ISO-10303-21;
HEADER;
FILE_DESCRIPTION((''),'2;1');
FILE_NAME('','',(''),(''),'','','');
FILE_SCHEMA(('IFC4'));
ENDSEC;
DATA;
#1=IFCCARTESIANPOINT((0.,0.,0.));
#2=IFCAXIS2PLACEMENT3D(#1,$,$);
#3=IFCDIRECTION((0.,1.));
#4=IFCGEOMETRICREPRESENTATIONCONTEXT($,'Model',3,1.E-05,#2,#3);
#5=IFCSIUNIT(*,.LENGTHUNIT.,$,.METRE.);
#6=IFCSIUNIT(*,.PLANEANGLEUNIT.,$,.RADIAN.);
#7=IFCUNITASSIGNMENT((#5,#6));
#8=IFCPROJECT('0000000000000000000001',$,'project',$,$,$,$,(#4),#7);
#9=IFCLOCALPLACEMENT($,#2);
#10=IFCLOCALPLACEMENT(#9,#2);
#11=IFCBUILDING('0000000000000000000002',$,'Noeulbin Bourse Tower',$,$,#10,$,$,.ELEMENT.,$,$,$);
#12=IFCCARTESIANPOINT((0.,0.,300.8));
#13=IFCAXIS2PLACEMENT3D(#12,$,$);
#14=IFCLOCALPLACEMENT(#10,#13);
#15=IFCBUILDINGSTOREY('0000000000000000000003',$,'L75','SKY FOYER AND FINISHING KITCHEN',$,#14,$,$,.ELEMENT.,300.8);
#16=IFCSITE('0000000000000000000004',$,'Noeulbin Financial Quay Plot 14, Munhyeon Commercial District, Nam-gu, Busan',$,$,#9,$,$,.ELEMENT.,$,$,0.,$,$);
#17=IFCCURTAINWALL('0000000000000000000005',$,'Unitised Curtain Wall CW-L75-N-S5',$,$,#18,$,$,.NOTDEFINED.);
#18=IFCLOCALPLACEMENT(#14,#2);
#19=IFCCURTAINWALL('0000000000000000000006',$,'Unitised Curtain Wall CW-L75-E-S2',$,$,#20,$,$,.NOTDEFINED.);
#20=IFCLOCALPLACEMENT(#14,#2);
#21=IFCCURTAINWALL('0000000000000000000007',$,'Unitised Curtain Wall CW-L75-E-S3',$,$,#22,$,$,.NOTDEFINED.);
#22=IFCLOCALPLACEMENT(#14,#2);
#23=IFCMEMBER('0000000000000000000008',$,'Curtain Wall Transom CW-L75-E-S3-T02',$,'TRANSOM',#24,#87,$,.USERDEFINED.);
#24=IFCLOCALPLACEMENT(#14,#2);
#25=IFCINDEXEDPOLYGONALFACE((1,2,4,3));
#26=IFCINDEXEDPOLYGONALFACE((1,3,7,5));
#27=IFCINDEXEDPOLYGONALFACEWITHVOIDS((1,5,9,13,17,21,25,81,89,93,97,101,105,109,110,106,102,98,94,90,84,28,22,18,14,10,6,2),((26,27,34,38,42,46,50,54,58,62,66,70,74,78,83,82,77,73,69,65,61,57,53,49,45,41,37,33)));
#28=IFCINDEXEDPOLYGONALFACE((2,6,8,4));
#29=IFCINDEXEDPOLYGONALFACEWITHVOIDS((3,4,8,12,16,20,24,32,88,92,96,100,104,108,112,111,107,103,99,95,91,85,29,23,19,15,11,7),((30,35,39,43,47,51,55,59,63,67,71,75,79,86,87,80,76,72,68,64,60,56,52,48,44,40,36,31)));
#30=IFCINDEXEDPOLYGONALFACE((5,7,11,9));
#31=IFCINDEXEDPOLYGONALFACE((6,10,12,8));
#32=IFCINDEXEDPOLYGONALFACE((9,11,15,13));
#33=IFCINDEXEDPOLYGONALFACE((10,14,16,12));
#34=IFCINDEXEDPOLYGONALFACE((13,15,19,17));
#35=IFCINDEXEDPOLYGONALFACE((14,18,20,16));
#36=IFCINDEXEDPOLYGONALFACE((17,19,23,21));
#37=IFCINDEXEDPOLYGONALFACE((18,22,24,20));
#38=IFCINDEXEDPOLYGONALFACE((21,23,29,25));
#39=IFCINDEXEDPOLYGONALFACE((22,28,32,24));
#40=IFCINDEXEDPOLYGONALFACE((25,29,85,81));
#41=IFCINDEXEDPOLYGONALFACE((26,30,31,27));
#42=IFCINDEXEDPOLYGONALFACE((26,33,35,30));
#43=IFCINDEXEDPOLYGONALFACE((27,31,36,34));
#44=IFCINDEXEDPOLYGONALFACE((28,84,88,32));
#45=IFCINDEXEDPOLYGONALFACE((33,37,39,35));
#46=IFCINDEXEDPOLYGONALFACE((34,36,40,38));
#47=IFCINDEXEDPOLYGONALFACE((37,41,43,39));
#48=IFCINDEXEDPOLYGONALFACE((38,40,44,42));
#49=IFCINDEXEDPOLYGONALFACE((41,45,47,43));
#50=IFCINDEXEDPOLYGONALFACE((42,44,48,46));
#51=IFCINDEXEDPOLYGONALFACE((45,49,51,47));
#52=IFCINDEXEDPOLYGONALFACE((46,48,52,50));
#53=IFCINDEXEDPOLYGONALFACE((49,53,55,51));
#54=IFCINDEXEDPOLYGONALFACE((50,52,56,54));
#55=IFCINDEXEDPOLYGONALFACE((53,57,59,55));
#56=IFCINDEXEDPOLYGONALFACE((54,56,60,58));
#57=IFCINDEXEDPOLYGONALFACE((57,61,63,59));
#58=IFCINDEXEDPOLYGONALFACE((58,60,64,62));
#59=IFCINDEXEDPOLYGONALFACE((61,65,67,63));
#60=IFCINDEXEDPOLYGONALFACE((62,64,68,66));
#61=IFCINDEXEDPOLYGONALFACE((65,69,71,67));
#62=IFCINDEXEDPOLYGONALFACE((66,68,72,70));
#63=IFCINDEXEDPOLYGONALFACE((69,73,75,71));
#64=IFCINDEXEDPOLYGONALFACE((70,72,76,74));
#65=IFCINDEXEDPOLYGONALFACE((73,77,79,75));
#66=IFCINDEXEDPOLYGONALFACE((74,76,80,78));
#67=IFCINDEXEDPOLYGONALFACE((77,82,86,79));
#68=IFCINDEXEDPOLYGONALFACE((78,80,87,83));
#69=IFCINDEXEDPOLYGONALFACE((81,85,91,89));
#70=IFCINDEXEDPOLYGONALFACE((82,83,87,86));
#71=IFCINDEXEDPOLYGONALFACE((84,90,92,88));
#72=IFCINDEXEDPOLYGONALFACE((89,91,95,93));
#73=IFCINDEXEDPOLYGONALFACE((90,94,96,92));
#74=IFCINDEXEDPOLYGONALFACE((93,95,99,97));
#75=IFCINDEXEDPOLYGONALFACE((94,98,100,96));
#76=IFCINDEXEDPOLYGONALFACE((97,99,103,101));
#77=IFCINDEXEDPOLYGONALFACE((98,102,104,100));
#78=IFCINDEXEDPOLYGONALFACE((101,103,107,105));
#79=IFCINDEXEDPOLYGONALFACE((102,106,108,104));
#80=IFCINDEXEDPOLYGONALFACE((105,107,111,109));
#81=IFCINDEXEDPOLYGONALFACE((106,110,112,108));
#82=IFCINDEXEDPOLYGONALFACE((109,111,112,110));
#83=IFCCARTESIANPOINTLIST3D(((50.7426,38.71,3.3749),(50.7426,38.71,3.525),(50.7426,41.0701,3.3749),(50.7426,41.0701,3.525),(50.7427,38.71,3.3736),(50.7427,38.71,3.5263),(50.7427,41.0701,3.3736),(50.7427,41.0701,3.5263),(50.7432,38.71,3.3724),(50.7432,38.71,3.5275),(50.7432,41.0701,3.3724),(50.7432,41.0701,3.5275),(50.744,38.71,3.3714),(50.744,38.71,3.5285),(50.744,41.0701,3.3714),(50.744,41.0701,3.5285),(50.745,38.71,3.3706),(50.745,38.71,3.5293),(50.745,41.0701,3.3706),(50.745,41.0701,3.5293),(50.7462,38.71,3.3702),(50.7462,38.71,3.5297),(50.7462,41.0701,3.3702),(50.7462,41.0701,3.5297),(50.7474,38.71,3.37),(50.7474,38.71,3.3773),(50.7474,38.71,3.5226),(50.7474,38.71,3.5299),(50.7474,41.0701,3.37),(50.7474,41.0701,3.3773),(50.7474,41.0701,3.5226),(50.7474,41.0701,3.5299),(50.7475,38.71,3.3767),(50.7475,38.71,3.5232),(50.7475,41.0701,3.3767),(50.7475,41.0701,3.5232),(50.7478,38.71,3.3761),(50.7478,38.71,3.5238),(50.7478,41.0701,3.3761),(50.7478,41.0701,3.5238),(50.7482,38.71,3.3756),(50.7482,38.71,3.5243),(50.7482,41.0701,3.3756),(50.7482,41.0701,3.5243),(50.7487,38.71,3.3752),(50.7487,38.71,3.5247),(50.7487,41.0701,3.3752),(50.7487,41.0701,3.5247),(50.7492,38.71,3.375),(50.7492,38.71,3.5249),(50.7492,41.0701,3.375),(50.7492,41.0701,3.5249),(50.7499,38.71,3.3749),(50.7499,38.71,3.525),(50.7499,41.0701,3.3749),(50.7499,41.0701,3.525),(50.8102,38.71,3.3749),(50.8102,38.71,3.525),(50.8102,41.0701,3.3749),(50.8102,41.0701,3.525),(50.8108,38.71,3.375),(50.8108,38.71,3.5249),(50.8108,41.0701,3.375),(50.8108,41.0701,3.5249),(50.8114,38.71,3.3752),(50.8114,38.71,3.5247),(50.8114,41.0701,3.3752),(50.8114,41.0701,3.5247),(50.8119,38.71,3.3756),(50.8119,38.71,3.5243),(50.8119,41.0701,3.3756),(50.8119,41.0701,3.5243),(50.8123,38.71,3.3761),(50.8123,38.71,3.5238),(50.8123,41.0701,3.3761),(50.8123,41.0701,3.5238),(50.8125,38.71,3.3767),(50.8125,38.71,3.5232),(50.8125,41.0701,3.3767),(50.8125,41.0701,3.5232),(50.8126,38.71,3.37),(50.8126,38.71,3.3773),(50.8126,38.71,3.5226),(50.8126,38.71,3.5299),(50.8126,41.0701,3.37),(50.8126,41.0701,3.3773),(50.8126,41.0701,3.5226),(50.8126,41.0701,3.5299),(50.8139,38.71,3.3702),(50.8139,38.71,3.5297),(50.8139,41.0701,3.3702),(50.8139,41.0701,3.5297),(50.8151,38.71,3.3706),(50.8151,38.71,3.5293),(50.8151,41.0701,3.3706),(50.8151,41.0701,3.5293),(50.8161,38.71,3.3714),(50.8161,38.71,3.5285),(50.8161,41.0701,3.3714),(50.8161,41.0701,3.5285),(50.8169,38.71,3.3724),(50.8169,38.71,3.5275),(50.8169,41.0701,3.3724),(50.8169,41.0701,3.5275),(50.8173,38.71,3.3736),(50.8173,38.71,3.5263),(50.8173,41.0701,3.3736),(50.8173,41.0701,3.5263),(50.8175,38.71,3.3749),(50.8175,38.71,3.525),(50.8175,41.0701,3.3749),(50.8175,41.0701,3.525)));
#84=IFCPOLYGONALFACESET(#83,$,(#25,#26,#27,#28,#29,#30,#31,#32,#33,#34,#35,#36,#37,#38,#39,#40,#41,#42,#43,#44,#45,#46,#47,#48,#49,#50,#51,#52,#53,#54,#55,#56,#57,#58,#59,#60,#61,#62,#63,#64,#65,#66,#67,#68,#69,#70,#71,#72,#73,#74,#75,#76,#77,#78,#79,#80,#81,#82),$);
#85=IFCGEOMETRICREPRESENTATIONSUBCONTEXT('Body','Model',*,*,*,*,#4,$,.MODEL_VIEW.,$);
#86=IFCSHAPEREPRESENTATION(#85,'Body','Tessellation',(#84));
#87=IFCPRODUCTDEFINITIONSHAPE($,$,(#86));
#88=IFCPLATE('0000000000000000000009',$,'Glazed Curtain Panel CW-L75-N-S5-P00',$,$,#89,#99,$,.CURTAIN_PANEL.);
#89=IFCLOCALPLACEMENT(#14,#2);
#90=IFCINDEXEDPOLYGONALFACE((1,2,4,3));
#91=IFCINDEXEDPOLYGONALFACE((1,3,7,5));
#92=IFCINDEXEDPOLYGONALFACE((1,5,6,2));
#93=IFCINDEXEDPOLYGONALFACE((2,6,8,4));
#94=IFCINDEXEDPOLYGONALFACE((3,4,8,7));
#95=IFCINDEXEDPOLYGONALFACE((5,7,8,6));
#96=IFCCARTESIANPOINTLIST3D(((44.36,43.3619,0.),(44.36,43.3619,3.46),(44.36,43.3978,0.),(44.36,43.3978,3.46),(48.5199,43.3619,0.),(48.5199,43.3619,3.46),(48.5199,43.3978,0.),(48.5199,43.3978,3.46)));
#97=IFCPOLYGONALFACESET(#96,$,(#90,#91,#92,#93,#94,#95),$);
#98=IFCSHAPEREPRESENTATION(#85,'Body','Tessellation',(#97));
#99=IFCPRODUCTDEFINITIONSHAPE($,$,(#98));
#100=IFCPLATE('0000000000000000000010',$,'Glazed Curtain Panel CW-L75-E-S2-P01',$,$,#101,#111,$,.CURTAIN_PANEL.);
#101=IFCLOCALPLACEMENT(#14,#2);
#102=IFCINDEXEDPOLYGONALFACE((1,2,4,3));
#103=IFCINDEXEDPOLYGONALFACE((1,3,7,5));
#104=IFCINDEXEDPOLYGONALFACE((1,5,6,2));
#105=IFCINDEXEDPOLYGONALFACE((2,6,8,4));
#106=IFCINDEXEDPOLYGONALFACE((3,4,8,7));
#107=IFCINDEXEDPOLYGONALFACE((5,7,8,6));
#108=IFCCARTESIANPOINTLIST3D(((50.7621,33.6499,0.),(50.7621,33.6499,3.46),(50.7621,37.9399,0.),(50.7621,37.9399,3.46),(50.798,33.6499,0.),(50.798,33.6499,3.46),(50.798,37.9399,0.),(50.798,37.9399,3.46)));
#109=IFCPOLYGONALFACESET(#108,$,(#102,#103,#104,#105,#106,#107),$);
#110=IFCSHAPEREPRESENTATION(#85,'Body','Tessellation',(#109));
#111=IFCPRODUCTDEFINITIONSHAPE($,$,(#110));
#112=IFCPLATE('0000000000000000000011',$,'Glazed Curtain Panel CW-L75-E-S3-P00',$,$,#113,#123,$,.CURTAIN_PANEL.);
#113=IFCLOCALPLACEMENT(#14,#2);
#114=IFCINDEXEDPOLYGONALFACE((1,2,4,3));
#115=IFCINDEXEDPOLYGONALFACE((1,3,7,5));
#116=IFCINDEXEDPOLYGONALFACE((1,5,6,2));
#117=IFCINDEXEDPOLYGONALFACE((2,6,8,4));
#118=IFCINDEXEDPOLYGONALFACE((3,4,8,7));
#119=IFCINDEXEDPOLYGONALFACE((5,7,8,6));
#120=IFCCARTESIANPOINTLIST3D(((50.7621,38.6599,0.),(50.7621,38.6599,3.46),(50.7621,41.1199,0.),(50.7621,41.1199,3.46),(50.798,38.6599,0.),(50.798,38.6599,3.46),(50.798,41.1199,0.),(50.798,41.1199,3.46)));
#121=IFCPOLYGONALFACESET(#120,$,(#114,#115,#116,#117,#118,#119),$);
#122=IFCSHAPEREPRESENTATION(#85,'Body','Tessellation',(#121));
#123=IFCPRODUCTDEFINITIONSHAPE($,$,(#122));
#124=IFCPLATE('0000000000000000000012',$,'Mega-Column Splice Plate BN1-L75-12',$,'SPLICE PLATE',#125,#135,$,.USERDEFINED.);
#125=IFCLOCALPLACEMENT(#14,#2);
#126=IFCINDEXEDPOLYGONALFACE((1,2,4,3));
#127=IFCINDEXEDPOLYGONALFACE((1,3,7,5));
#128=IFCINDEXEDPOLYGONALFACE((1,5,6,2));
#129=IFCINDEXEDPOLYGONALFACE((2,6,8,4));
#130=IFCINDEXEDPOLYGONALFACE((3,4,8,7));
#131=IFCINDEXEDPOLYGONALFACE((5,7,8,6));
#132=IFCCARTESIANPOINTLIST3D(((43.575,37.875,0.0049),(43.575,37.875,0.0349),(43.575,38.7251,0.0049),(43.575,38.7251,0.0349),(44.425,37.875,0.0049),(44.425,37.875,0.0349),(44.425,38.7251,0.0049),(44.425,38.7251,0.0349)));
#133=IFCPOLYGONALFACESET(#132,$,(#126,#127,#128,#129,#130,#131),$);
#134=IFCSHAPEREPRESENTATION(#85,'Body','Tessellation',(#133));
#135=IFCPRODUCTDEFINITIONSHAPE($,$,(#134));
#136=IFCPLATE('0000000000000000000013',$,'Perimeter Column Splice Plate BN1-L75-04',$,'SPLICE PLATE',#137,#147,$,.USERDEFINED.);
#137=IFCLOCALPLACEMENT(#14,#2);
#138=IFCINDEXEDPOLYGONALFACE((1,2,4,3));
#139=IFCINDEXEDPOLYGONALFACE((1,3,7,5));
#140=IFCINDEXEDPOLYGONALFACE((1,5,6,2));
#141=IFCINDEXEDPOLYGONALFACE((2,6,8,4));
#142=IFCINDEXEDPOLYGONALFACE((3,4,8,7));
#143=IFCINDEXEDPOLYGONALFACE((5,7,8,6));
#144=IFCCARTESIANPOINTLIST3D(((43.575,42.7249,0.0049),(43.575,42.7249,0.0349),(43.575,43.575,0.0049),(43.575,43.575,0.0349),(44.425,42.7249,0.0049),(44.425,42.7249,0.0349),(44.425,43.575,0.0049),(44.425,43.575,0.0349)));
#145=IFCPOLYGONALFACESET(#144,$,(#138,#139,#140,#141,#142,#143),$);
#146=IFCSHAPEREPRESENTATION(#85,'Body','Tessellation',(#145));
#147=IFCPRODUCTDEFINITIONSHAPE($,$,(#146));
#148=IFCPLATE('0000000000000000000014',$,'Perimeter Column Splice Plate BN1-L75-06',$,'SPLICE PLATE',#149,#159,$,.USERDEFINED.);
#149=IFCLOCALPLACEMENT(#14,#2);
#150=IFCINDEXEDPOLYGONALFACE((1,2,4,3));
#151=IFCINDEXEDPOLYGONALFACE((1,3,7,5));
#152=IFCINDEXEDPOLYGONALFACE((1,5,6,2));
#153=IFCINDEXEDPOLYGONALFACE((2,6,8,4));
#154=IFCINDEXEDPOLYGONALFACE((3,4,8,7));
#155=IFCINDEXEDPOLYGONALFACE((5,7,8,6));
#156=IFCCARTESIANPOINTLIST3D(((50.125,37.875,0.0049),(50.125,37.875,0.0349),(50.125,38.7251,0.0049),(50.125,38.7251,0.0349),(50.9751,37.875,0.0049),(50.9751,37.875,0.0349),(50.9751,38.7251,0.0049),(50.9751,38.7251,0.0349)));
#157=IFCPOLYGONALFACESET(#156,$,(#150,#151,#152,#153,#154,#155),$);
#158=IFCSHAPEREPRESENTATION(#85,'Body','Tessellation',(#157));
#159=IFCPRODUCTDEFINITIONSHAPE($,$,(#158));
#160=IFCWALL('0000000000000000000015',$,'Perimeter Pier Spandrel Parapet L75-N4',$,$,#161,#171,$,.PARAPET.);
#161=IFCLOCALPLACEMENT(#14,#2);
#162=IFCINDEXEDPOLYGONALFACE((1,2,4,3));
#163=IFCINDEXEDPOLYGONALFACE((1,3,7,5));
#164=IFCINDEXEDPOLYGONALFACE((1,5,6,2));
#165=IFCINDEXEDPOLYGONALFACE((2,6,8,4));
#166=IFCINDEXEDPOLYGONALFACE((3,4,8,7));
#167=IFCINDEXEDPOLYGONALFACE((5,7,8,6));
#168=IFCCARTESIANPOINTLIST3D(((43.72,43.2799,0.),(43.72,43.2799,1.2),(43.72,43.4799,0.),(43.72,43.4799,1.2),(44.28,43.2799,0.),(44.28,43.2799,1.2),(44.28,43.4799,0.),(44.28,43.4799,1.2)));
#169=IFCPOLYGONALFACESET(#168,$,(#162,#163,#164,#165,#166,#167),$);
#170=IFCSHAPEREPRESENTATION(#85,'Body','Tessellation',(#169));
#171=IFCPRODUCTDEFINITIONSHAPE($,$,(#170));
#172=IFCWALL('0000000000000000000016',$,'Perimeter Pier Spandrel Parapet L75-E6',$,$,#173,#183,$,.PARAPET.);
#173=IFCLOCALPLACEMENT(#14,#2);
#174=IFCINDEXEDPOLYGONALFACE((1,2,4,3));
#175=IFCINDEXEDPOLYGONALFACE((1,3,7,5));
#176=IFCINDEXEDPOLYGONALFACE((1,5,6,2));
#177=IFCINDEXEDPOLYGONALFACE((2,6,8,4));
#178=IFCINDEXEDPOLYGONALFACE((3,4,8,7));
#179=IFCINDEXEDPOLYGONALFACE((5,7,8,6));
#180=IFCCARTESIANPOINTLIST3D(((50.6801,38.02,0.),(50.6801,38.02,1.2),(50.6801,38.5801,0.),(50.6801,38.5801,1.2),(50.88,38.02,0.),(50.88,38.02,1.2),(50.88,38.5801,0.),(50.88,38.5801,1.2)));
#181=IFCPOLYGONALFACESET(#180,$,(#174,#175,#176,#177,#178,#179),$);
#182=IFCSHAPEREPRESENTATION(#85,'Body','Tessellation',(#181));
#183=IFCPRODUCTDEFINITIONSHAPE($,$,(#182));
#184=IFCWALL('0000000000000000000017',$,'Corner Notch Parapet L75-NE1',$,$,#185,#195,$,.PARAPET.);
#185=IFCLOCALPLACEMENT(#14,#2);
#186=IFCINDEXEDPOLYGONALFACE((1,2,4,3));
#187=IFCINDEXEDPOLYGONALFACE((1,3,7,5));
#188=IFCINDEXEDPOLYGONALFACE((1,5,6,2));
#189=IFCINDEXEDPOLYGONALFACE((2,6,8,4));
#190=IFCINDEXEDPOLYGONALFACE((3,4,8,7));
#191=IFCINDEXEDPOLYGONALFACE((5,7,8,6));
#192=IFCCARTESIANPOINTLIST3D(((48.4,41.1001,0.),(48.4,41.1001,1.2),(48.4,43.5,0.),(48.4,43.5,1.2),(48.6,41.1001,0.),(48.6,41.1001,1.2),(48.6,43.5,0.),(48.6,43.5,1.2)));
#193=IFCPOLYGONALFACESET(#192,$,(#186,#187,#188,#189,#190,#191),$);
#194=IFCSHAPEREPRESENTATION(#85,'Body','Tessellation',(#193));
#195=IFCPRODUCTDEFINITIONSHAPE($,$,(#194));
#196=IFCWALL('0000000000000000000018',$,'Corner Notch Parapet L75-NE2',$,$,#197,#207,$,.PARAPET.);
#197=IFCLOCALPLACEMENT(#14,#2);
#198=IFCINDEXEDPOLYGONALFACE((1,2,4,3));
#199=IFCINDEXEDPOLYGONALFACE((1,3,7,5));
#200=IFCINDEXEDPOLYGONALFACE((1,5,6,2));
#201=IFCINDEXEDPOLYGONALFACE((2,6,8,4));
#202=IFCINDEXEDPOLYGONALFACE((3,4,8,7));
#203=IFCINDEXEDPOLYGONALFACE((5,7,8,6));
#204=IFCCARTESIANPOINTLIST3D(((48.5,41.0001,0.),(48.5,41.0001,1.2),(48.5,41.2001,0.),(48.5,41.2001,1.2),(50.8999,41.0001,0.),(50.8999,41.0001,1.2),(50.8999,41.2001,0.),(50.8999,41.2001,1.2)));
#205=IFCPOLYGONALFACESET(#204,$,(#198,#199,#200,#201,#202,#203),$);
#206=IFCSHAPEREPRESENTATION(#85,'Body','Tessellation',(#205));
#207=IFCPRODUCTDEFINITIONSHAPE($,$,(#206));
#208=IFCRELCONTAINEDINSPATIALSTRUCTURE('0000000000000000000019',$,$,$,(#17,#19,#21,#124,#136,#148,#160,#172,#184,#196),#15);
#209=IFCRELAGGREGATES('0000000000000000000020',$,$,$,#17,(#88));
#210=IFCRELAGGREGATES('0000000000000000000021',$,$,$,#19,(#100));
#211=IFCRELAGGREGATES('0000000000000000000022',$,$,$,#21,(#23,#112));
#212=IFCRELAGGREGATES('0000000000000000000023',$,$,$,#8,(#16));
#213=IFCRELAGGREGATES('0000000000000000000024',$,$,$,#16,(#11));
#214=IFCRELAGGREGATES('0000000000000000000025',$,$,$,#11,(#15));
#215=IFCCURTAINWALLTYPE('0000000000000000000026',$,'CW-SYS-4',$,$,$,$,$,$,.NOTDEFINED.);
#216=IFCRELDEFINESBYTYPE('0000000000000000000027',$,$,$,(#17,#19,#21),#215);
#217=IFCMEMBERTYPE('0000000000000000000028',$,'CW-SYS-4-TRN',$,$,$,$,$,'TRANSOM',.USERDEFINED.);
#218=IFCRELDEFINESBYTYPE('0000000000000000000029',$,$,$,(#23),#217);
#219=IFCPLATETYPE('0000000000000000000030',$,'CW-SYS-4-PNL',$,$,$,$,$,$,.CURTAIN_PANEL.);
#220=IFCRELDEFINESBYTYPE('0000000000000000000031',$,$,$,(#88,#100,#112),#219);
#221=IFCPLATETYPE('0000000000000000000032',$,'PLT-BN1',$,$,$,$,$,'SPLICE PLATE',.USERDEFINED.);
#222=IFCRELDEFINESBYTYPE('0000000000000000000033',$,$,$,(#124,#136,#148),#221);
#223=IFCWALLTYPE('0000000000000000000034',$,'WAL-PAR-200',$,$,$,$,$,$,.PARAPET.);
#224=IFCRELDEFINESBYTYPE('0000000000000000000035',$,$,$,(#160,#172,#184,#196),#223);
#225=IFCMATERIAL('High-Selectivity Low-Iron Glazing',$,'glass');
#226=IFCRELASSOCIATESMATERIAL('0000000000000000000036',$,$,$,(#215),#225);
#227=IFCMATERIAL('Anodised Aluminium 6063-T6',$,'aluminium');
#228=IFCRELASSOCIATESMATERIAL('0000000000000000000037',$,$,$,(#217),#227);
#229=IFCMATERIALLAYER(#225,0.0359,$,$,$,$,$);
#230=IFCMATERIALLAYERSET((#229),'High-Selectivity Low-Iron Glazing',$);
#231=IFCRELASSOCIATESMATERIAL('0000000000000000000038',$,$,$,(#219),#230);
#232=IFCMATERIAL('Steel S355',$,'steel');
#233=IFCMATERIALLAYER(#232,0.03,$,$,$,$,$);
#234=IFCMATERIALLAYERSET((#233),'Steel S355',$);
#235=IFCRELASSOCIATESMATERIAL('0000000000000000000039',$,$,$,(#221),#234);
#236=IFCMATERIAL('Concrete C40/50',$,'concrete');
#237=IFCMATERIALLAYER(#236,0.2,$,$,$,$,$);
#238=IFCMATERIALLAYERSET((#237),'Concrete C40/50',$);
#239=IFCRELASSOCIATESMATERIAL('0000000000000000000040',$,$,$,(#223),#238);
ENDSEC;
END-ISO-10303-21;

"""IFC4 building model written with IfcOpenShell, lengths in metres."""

from ifc_helpers import new_model, si_unit, direction, frame, frame_2d, origin, origin_2d, place, context, subcontext, project, spatial, rectangle, hollow_rectangle, extrude, material, layer, layer_set, material_profile, profile_set, type_object, element, aggregate, save


model = new_model("IFC4")

# Units and contexts
model_context = context("Model", 3, precision=1e-05, world=origin(), true_north=direction((0.0, 1.0)))
body_context = subcontext(model_context, "Body", "Model", "MODEL_VIEW")
ifc_project = project(units=[si_unit("LENGTHUNIT", "METRE"), si_unit("PLANEANGLEUNIT", "RADIAN")], contexts=[model_context])

# Site, building, storey
site_placement = place(None, origin())
site = spatial("IfcSite", under=ifc_project, at=site_placement, Name="Noeulbin Financial Quay Plot 14, Munhyeon Commercial District, Nam-gu, Busan", CompositionType="ELEMENT", RefElevation=0.0)
building_placement = place(site_placement, origin())
building = spatial("IfcBuilding", under=site, at=building_placement, Name="Noeulbin Bourse Tower", CompositionType="ELEMENT")
storey_placement = place(building_placement, frame((0.0, 0.0, 300.8)))
storey = spatial("IfcBuildingStorey", under=building, at=storey_placement, Name="L75", Description="SKY FOYER AND FINISHING KITCHEN", CompositionType="ELEMENT", Elevation=300.8)

# Shared definitions
ifc_material_1 = material(Name="Steel S355", Category="steel")

# Shared definitions
ifc_material_2 = material(Name="High-Selectivity Low-Iron Glazing", Category="glass")
curtain_wall_type = type_object("IfcCurtainWallType", Name="CW-SYS-4", PredefinedType="NOTDEFINED", material=ifc_material_2)
ifc_material_3 = material(Name="Anodised Aluminium 6063-T6", Category="aluminium")

# Curtain walls
curtain_wall_1_placement = place(storey_placement, origin())
curtain_wall_1 = element("IfcCurtainWall", 1, at=curtain_wall_1_placement, inside=storey, type_object=curtain_wall_type, Name="Unitised Curtain Wall CW-L75-N-S5", PredefinedType="NOTDEFINED")
curtain_wall_2_placement = place(storey_placement, origin())
curtain_wall_2 = element("IfcCurtainWall", 2, at=curtain_wall_2_placement, inside=storey, type_object=curtain_wall_type, Name="Unitised Curtain Wall CW-L75-E-S2", PredefinedType="NOTDEFINED")
curtain_wall_3_placement = place(storey_placement, origin())
curtain_wall_3 = element("IfcCurtainWall", 3, at=curtain_wall_3_placement, inside=storey, type_object=curtain_wall_type, Name="Unitised Curtain Wall CW-L75-E-S3", PredefinedType="NOTDEFINED")

# Member
ifc_material_profile_1 = material_profile(ifc_material_3, hollow_rectangle(XDim=0.075, YDim=0.1599, WallThickness=0.0049, InnerFilletRadius=0.0024, OuterFilletRadius=0.0049, at=origin_2d()), Name="ALU-TRAN-75x160x5", Category="LoadBearing")
ifc_profile_set_1 = profile_set([ifc_material_profile_1], Name="Anodised Aluminium 6063-T6")
member_type_1 = type_object("IfcMemberType", Name="CW-SYS-4-TRN", ElementType="TRANSOM", PredefinedType="USERDEFINED", material=ifc_profile_set_1)
member_1_placement = place(storey_placement, frame((50.78, 38.71, 3.45), z_axis=(0.0, 1.0, 0.0), x_axis=(-1.0, 0.0, 0.0)))
member_1 = element("IfcMember", 4, at=member_1_placement, type_object=member_type_1, Name="Curtain Wall Transom CW-L75-E-S3-T02", ObjectType="TRANSOM", PredefinedType="USERDEFINED", context=body_context, shape_type="SweptSolid", body=[
    extrude(hollow_rectangle(XDim=0.075, YDim=0.1599, WallThickness=0.0049, InnerFilletRadius=0.0024, OuterFilletRadius=0.0049, at=origin_2d()), origin(), (0.0, 0.0, 1.0), 2.3601),
])

# Plates
ifc_layer_1 = layer(ifc_material_2, 0.0359)
ifc_layer_set_1 = layer_set([ifc_layer_1], Name="High-Selectivity Low-Iron Glazing")
plate_type_1 = type_object("IfcPlateType", Name="CW-SYS-4-PNL", PredefinedType="CURTAIN_PANEL", material=ifc_layer_set_1)
plate_1_placement = place(storey_placement, frame((46.4399, 43.3799, 0.0), z_axis=(0.0, 0.0, 1.0), x_axis=(1.0, 0.0, 0.0)))
plate_1 = element("IfcPlate", 5, at=plate_1_placement, type_object=plate_type_1, Name="Glazed Curtain Panel CW-L75-N-S5-P00", PredefinedType="CURTAIN_PANEL", context=body_context, shape_type="SweptSolid", body=[
    extrude(rectangle(XDim=4.1599, YDim=0.0359, at=origin_2d()), origin(), (0.0, 0.0, 1.0), 3.46),
])
aggregate(curtain_wall_1, [plate_1])
plate_2_placement = place(storey_placement, frame((50.78, 35.7949, 0.0), z_axis=(0.0, 0.0, 1.0), x_axis=(0.0, 1.0, 0.0)))
plate_2 = element("IfcPlate", 6, at=plate_2_placement, type_object=plate_type_1, Name="Glazed Curtain Panel CW-L75-E-S2-P01", PredefinedType="CURTAIN_PANEL", context=body_context, shape_type="SweptSolid", body=[
    extrude(rectangle(XDim=4.29, YDim=0.0359, at=origin_2d()), origin(), (0.0, 0.0, 1.0), 3.46),
])
aggregate(curtain_wall_2, [plate_2])
plate_3_placement = place(storey_placement, frame((50.78, 39.8899, 0.0), z_axis=(0.0, 0.0, 1.0), x_axis=(0.0, 1.0, 0.0)))
plate_3 = element("IfcPlate", 7, at=plate_3_placement, type_object=plate_type_1, Name="Glazed Curtain Panel CW-L75-E-S3-P00", PredefinedType="CURTAIN_PANEL", context=body_context, shape_type="SweptSolid", body=[
    extrude(rectangle(XDim=2.46, YDim=0.0359, at=origin_2d()), origin(), (0.0, 0.0, 1.0), 3.46),
])
aggregate(curtain_wall_3, [member_1, plate_3])

# Plates
ifc_layer_2 = layer(ifc_material_1, 0.03)
ifc_layer_set_2 = layer_set([ifc_layer_2], Name="Steel S355")
plate_type_2 = type_object("IfcPlateType", Name="PLT-BN1", ElementType="SPLICE PLATE", PredefinedType="USERDEFINED", material=ifc_layer_set_2)
for number, where, z_axis, x_axis, name in (
    (8, (44.0, 38.3, 0.0049), (0.0, 0.0, 1.0), (1.0, 0.0, 0.0), "Mega-Column Splice Plate BN1-L75-12"),
    (9, (44.0, 43.1499, 0.0049), (0.0, 0.0, 1.0), (1.0, 0.0, 0.0), "Perimeter Column Splice Plate BN1-L75-04"),
    (10, (50.55, 38.3, 0.0049), (0.0, 0.0, 1.0), (1.0, 0.0, 0.0), "Perimeter Column Splice Plate BN1-L75-06"),
):
    element("IfcPlate", number, at=place(storey_placement, frame(where, z_axis=z_axis, x_axis=x_axis)), inside=storey, type_object=plate_type_2, Name=name, ObjectType="SPLICE PLATE", PredefinedType="USERDEFINED", context=body_context, shape_type="SweptSolid", body=[
        extrude(rectangle(XDim=0.8501, YDim=0.8501, at=origin_2d()), origin(), (0.0, 0.0, 1.0), 0.03),
    ])

# Walls
ifc_material_4 = material(Name="Concrete C40/50", Category="concrete")
ifc_layer_3 = layer(ifc_material_4, 0.2)
ifc_layer_set_3 = layer_set([ifc_layer_3], Name="Concrete C40/50")
wall_type_1 = type_object("IfcWallType", Name="WAL-PAR-200", PredefinedType="PARAPET", material=ifc_layer_set_3)
for number, where, z_axis, x_axis, name in (
    (11, (43.72, 43.3799, 0.0), (0.0, 0.0, 1.0), (1.0, 0.0, 0.0), "Perimeter Pier Spandrel Parapet L75-N4"),
    (12, (50.78, 38.02, 0.0), (0.0, 0.0, 1.0), (0.0, 1.0, 0.0), "Perimeter Pier Spandrel Parapet L75-E6"),
):
    element("IfcWall", number, at=place(storey_placement, frame(where, z_axis=z_axis, x_axis=x_axis)), inside=storey, type_object=wall_type_1, Name=name, PredefinedType="PARAPET", context=body_context, shape_type="SweptSolid", body=[
        extrude(rectangle(XDim=0.5601, YDim=0.2, at=frame_2d((0.28, 0.0))), origin(), (0.0, 0.0, 1.0), 1.2),
    ])
for number, where, z_axis, x_axis, name in (
    (13, (48.5, 43.5, 0.0), (0.0, 0.0, 1.0), (0.0, -1.0, 0.0), "Corner Notch Parapet L75-NE1"),
    (14, (48.5, 41.1001, 0.0), (0.0, 0.0, 1.0), (1.0, 0.0, 0.0), "Corner Notch Parapet L75-NE2"),
):
    element("IfcWall", number, at=place(storey_placement, frame(where, z_axis=z_axis, x_axis=x_axis)), inside=storey, type_object=wall_type_1, Name=name, PredefinedType="PARAPET", context=body_context, shape_type="SweptSolid", body=[
        extrude(rectangle(XDim=2.3999, YDim=0.2, at=frame_2d((1.2, 0.0))), origin(), (0.0, 0.0, 1.0), 1.2),
    ])

save(model, "model.ifc")
